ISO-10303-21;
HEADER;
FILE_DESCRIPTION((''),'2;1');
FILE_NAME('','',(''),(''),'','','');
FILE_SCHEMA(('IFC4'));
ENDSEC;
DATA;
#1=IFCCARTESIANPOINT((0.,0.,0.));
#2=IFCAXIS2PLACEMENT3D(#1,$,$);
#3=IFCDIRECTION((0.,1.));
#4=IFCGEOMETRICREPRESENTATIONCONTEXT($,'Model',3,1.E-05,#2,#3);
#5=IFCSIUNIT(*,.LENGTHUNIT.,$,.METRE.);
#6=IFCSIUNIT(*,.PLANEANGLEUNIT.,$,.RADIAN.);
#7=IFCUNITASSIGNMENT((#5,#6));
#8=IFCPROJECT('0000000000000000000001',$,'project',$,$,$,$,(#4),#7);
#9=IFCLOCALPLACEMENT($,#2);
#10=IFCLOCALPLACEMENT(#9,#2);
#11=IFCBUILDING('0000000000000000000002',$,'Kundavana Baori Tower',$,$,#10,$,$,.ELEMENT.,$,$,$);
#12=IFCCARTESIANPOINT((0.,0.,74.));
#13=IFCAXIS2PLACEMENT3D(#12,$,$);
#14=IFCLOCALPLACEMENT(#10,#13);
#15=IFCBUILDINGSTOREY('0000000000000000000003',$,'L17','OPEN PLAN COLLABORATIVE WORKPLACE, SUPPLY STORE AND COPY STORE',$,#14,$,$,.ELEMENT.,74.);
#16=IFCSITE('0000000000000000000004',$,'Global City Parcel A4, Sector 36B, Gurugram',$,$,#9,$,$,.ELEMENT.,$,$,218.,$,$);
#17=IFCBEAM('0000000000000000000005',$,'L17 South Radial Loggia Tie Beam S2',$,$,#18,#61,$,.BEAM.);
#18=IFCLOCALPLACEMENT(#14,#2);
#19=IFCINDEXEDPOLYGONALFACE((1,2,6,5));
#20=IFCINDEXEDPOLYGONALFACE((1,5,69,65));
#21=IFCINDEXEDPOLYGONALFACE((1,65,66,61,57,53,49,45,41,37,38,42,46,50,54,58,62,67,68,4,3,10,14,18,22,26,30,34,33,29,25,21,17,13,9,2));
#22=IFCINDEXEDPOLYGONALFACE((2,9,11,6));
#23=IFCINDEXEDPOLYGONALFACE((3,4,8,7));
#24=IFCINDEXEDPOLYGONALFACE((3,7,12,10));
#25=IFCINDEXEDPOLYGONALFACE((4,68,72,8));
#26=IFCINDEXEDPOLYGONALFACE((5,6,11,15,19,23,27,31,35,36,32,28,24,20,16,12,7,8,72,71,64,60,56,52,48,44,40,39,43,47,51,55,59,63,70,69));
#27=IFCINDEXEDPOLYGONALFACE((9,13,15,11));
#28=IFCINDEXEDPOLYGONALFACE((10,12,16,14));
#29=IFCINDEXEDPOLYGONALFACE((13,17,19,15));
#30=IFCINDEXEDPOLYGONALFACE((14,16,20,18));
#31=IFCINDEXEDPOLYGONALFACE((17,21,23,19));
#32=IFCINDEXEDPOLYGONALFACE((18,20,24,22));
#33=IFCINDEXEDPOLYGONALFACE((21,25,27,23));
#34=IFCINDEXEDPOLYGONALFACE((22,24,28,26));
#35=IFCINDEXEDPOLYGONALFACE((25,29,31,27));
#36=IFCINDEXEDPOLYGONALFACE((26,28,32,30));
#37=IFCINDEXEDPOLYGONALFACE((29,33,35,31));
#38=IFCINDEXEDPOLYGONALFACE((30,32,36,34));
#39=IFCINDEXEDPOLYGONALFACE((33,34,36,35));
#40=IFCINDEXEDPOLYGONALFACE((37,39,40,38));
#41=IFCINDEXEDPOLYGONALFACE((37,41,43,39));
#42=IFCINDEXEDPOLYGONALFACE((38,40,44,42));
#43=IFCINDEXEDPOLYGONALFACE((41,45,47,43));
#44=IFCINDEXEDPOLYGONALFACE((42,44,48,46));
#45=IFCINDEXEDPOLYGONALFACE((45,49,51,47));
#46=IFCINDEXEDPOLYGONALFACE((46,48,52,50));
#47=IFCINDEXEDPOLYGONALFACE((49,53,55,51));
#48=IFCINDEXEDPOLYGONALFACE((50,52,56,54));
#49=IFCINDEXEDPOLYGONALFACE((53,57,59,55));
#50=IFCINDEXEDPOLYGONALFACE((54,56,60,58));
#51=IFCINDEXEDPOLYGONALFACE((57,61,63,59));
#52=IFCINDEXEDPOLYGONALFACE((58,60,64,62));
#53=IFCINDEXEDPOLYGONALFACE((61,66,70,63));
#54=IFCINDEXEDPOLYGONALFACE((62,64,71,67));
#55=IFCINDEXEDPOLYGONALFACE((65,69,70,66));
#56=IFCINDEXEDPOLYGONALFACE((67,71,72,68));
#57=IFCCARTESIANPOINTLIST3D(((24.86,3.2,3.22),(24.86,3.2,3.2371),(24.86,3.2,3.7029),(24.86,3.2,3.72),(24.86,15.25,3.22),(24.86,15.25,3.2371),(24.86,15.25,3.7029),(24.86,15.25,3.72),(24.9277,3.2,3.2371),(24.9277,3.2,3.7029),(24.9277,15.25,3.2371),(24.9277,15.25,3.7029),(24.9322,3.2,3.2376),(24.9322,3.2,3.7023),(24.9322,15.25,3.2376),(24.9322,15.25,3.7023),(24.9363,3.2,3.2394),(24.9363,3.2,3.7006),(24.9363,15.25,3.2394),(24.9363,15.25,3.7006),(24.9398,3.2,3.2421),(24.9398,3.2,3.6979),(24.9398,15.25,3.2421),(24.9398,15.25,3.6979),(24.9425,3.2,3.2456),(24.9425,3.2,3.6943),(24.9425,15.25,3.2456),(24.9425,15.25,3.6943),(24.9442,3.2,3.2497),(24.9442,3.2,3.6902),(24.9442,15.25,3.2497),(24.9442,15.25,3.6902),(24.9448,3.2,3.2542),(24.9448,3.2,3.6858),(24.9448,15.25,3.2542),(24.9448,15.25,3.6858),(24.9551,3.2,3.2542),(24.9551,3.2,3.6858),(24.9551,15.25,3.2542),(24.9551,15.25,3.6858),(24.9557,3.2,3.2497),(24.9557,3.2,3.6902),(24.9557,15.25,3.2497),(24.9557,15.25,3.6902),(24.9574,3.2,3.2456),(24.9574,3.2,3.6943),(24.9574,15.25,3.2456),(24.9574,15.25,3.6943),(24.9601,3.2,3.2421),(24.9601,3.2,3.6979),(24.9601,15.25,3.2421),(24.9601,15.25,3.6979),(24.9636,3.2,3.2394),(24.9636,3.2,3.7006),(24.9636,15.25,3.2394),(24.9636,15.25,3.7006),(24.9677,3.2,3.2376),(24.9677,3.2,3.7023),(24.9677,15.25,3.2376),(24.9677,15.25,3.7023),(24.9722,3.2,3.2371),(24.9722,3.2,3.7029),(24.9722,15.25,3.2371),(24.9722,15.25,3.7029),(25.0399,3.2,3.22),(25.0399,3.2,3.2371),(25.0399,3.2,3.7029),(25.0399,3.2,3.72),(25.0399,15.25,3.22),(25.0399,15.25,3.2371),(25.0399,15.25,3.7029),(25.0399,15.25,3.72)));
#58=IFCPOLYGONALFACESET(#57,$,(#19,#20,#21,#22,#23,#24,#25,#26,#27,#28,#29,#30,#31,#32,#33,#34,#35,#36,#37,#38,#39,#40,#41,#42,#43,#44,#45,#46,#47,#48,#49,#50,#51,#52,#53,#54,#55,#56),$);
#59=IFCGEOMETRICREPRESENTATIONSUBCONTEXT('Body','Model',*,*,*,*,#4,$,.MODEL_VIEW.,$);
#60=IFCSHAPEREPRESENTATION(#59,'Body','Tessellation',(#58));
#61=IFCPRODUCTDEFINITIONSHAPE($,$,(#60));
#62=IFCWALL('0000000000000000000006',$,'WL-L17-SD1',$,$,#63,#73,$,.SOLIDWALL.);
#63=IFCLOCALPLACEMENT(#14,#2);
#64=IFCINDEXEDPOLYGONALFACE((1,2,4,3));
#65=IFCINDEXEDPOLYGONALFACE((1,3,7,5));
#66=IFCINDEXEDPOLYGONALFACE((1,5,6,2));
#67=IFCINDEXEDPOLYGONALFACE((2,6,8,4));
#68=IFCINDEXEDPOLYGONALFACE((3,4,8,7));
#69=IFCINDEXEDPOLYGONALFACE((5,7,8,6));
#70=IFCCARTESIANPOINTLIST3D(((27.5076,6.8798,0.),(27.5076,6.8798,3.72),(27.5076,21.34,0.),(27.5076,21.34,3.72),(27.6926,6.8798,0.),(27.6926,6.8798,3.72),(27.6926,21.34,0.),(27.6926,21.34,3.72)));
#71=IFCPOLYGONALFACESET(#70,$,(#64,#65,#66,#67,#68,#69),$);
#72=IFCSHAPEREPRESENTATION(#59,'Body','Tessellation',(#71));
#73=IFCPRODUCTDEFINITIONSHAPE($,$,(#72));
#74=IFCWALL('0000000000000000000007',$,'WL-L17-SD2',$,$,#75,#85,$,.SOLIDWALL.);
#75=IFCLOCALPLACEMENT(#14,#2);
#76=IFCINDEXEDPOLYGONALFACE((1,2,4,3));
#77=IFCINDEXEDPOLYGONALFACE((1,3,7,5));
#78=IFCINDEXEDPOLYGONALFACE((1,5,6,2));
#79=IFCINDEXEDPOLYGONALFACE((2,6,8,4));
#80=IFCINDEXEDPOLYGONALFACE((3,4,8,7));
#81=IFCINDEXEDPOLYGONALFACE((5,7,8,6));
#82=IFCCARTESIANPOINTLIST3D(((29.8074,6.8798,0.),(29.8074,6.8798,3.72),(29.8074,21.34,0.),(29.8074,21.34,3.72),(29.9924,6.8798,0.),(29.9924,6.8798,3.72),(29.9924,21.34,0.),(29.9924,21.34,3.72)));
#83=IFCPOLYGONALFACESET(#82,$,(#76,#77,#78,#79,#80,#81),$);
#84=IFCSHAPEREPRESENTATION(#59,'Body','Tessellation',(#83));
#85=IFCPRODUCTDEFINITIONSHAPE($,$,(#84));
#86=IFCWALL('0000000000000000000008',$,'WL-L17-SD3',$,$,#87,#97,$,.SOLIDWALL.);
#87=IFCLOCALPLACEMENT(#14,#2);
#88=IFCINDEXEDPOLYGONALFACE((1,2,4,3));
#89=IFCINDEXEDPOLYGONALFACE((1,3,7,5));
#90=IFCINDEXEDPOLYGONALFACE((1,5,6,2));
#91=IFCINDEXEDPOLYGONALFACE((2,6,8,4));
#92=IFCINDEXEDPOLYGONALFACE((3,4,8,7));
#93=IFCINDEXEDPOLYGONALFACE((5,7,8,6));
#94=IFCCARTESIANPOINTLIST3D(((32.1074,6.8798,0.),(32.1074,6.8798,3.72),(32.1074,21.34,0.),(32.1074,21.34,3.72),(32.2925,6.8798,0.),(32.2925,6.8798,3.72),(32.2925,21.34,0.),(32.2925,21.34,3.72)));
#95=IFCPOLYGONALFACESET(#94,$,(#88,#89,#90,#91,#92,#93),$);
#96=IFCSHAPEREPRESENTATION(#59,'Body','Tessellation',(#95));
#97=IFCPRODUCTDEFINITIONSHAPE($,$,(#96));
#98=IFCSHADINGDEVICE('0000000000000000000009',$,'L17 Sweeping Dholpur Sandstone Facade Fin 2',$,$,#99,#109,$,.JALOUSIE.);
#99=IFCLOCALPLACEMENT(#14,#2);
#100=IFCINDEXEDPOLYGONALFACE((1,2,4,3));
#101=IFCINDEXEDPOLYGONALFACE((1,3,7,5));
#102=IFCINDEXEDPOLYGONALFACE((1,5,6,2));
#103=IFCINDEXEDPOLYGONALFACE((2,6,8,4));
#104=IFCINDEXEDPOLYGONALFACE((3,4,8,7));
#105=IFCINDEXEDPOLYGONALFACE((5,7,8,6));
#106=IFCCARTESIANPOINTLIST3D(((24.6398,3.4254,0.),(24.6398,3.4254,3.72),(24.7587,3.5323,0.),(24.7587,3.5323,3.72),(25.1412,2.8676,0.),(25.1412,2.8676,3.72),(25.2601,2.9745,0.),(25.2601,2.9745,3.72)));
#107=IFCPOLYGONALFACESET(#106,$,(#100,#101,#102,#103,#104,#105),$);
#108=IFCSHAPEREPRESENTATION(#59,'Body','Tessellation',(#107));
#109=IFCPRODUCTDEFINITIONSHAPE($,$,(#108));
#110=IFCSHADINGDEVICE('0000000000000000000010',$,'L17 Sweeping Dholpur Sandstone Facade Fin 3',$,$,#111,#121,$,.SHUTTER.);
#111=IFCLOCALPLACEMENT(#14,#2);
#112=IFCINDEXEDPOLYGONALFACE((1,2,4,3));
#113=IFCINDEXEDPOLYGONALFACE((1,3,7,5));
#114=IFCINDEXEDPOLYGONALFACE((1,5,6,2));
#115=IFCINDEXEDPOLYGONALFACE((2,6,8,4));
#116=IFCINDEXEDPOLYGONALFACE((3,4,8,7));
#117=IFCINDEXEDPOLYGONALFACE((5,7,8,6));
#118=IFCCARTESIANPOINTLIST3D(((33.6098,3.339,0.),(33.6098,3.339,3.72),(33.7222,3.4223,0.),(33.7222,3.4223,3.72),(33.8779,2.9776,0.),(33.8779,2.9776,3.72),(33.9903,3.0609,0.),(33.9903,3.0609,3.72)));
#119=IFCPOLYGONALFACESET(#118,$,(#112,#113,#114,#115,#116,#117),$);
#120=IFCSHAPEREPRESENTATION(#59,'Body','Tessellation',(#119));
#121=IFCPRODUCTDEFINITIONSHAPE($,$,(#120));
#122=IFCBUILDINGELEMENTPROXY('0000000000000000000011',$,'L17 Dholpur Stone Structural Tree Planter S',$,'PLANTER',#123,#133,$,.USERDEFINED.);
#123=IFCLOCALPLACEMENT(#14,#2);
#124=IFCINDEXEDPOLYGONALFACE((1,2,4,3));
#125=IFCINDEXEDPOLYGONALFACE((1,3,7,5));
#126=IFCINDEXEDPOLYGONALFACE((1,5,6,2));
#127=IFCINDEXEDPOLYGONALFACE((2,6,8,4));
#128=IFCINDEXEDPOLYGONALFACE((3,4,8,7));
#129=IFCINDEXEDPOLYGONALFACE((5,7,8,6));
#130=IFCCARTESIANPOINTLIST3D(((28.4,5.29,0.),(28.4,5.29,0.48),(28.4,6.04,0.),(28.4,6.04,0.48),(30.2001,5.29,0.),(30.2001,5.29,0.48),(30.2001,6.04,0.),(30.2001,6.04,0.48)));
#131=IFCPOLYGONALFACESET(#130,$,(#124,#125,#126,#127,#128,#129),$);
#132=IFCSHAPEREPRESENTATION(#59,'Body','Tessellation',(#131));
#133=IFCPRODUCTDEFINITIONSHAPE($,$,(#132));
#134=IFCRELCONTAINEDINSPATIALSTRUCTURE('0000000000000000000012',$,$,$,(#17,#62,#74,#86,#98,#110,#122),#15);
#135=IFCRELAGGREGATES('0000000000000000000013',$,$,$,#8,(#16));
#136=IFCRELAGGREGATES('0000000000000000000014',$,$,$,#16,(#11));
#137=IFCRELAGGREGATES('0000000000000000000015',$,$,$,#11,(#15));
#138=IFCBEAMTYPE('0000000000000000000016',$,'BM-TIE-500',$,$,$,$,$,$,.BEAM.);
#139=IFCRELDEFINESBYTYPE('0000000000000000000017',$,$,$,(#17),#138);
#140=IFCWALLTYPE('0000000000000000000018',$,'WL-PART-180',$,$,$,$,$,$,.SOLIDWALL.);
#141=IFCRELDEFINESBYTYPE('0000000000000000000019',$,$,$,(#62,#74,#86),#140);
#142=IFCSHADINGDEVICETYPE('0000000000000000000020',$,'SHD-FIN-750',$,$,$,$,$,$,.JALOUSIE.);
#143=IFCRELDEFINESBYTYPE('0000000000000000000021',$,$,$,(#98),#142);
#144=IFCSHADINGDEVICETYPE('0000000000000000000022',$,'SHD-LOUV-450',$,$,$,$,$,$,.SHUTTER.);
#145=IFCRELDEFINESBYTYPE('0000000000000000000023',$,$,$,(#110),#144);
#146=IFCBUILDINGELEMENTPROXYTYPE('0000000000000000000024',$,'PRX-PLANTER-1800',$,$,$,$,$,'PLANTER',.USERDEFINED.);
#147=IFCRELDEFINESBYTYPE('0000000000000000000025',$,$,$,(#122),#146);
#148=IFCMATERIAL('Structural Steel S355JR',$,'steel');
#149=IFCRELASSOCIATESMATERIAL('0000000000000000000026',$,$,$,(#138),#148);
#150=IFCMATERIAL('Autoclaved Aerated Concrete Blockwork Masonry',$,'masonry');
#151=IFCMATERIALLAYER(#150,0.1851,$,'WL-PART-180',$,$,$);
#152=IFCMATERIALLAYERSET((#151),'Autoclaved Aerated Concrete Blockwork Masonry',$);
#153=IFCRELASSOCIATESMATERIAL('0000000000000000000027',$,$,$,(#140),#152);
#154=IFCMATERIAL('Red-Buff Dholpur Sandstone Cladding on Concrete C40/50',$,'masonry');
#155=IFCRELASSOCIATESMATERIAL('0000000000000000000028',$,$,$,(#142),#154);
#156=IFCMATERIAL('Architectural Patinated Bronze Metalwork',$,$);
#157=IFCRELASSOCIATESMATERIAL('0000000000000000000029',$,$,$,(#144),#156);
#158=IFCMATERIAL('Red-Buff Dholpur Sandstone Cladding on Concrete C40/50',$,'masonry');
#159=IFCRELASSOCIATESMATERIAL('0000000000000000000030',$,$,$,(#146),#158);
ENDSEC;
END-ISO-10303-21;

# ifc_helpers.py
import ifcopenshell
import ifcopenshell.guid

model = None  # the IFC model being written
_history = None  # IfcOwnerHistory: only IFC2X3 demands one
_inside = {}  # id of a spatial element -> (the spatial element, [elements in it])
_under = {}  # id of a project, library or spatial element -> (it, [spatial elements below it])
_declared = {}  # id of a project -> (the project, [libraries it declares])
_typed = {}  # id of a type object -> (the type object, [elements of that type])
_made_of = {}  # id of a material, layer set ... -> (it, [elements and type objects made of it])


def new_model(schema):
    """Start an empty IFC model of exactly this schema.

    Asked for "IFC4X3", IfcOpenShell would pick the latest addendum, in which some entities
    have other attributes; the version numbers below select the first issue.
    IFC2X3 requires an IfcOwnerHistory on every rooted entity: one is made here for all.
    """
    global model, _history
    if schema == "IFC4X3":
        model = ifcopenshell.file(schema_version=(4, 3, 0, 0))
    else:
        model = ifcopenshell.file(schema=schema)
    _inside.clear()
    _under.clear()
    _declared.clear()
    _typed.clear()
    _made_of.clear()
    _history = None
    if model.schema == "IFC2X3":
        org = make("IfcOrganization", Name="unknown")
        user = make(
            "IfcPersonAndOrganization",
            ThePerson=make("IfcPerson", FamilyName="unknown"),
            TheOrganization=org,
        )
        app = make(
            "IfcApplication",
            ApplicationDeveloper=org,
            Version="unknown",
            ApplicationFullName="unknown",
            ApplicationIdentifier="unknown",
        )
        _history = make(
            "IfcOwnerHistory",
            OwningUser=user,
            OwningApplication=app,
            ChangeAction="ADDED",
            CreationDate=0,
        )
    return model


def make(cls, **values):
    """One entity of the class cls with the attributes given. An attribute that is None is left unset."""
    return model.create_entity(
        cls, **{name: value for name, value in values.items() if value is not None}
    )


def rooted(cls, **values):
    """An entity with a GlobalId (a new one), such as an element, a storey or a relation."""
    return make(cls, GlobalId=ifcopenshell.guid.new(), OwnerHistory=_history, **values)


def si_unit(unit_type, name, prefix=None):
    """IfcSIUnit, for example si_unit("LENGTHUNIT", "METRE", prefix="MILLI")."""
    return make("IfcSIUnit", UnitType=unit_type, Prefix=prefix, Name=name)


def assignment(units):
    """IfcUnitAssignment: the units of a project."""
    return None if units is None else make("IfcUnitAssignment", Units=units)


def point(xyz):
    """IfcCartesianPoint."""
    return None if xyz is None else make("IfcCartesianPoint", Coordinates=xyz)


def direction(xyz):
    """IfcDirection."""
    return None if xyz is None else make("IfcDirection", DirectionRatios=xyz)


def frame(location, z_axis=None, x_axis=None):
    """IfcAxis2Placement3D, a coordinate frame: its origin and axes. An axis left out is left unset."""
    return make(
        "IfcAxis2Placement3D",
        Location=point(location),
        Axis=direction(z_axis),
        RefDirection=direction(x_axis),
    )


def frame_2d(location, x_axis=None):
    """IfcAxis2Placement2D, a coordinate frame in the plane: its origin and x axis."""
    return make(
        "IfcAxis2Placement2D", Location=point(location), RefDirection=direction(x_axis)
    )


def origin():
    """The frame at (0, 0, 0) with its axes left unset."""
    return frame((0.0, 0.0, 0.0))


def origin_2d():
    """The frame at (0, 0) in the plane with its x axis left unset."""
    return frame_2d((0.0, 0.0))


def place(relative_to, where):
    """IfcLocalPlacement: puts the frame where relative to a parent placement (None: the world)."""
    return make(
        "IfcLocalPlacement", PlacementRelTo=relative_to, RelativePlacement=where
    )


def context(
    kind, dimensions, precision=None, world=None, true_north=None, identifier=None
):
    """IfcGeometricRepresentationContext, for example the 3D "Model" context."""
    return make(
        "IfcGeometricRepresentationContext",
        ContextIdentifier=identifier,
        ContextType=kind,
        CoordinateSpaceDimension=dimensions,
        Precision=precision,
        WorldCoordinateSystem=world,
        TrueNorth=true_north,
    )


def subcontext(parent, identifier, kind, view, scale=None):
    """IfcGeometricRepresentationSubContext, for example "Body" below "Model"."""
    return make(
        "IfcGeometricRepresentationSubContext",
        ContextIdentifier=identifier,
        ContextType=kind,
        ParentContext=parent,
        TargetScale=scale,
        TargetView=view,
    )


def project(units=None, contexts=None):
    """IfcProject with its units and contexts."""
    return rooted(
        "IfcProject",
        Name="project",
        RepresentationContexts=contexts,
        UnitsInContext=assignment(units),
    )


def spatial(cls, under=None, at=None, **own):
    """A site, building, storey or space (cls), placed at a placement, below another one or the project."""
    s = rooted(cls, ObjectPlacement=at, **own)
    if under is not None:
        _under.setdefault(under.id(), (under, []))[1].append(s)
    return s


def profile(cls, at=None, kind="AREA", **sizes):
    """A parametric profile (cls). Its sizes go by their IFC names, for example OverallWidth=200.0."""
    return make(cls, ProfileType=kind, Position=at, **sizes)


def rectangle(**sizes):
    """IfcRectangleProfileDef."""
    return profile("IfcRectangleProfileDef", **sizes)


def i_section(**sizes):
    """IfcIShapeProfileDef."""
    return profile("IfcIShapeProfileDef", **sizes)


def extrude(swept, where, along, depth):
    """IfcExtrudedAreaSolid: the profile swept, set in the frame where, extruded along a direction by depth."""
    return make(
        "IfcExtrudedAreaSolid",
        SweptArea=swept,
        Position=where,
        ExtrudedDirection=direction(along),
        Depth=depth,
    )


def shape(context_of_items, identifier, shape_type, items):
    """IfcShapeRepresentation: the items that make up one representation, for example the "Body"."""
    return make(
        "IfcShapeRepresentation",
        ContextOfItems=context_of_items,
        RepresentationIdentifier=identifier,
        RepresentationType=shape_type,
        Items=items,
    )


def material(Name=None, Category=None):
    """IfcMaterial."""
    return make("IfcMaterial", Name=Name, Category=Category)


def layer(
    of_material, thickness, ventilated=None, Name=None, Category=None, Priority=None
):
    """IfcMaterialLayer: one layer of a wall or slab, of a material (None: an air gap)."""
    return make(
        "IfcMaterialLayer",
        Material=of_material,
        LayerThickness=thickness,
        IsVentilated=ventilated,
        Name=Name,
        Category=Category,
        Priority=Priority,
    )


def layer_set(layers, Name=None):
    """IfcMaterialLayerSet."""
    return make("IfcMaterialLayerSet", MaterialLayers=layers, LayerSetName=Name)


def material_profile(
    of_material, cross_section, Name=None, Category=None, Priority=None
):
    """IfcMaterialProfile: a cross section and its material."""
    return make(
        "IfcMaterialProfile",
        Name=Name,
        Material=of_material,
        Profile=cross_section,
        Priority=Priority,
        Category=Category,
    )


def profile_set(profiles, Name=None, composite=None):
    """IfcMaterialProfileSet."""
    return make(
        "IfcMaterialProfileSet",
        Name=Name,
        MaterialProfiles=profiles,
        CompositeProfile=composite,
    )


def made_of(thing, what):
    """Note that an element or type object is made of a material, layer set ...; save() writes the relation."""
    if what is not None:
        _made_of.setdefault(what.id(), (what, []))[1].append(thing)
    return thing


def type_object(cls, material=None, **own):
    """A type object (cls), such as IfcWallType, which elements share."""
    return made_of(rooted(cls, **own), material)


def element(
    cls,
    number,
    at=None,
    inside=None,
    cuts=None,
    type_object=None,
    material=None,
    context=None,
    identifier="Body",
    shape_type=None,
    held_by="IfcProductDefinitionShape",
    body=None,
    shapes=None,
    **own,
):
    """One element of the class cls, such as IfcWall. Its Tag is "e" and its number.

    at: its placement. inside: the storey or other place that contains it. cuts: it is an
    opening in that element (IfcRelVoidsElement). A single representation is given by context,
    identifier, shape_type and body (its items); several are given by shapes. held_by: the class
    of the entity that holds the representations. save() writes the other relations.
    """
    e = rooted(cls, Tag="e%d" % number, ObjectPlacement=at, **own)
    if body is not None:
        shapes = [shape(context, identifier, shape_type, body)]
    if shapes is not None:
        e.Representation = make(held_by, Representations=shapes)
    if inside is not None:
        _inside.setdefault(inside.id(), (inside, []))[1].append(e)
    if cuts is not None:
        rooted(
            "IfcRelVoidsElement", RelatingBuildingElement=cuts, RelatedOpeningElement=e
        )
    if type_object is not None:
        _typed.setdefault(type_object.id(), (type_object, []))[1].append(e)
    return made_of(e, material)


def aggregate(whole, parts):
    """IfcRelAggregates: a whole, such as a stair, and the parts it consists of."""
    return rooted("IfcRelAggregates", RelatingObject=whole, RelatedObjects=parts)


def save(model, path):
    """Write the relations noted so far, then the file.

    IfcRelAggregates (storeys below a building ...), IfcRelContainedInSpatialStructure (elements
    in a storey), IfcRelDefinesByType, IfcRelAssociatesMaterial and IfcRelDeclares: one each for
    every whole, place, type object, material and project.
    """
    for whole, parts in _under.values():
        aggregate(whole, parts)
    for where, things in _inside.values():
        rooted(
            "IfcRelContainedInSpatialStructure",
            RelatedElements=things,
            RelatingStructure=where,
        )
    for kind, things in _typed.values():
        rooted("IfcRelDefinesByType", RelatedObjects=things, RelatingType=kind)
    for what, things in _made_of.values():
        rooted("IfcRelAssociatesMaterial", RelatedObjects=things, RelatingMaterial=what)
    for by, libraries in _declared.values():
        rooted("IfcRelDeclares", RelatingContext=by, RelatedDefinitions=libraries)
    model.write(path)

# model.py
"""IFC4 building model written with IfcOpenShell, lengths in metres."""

from ifc_helpers import new_model, si_unit, direction, frame, frame_2d, origin, origin_2d, place, context, subcontext, project, spatial, rectangle, i_section, extrude, material, layer, layer_set, material_profile, profile_set, type_object, element, save


model = new_model("IFC4")

# Units and contexts
model_context = context("Model", 3, precision=1e-05, world=origin(), true_north=direction((0.0, 1.0)))
body_context = subcontext(model_context, "Body", "Model", "MODEL_VIEW")
ifc_project = project(units=[si_unit("LENGTHUNIT", "METRE"), si_unit("PLANEANGLEUNIT", "RADIAN")], contexts=[model_context])

# Site, building, storey
site_placement = place(None, origin())
site = spatial("IfcSite", under=ifc_project, at=site_placement, Name="Global City Parcel A4, Sector 36B, Gurugram", CompositionType="ELEMENT", RefElevation=218.0)
building_placement = place(site_placement, origin())
building = spatial("IfcBuilding", under=site, at=building_placement, Name="Kundavana Baori Tower", CompositionType="ELEMENT")
storey_placement = place(building_placement, frame((0.0, 0.0, 74.0)))
storey = spatial("IfcBuildingStorey", under=building, at=storey_placement, Name="L17", Description="OPEN PLAN COLLABORATIVE WORKPLACE, SUPPLY STORE AND COPY STORE", CompositionType="ELEMENT", Elevation=74.0)

# Beam
ifc_material_1 = material(Name="Structural Steel S355JR", Category="steel")
ifc_material_profile_1 = material_profile(ifc_material_1, i_section(OverallWidth=0.1799, OverallDepth=0.5, WebThickness=0.0103, FlangeThickness=0.0171, FilletRadius=0.0171, at=origin_2d()), Name="ISMB 500")
ifc_profile_set_1 = profile_set([ifc_material_profile_1], Name="Structural Steel S355JR")
beam_type_1 = type_object("IfcBeamType", Name="BM-TIE-500", PredefinedType="BEAM", material=ifc_profile_set_1)
beam_1_placement = place(storey_placement, frame((24.95, 15.25, 3.47), z_axis=(0.0, -1.0, 0.0), x_axis=(1.0, 0.0, 0.0)))
element("IfcBeam", 1, at=beam_1_placement, inside=storey, type_object=beam_type_1, Name="L17 South Radial Loggia Tie Beam S2", PredefinedType="BEAM", context=body_context, shape_type="SweptSolid", body=[
    extrude(i_section(OverallWidth=0.1799, OverallDepth=0.5, WebThickness=0.0103, FlangeThickness=0.0171, FilletRadius=0.0171, at=origin_2d()), origin(), (0.0, 0.0, 1.0), 12.05),
])

# Walls
ifc_material_2 = material(Name="Autoclaved Aerated Concrete Blockwork Masonry", Category="masonry")
ifc_layer = layer(ifc_material_2, 0.1851, Name="WL-PART-180")
ifc_layer_set = layer_set([ifc_layer], Name="Autoclaved Aerated Concrete Blockwork Masonry")
wall_type = type_object("IfcWallType", Name="WL-PART-180", PredefinedType="SOLIDWALL", material=ifc_layer_set)
for number, where, z_axis, x_axis, name in (
    (2, (27.6001, 6.8799, 0.0), (0.0, 0.0, 1.0), (0.0, 1.0, 0.0), "WL-L17-SD1"),
    (3, (29.8999, 6.8799, 0.0), (0.0, 0.0, 1.0), (0.0, 1.0, 0.0), "WL-L17-SD2"),
    (4, (32.2, 6.8799, 0.0), (0.0, 0.0, 1.0), (0.0, 1.0, 0.0), "WL-L17-SD3"),
):
    element("IfcWall", number, at=place(storey_placement, frame(where, z_axis=z_axis, x_axis=x_axis)), inside=storey, type_object=wall_type, Name=name, PredefinedType="SOLIDWALL", context=body_context, shape_type="SweptSolid", body=[
        extrude(rectangle(XDim=14.4602, YDim=0.1851, at=frame_2d((7.23, 0.0))), origin(), (0.0, 0.0, 1.0), 3.72),
    ])

# Shading devices
ifc_material_3 = material(Name="Red-Buff Dholpur Sandstone Cladding on Concrete C40/50", Category="masonry")
shading_device_type_1 = type_object("IfcShadingDeviceType", Name="SHD-FIN-750", PredefinedType="JALOUSIE", material=ifc_material_3)
shading_device_1_placement = place(storey_placement, frame((24.95, 3.2, 0.0), z_axis=(0.0, 0.0, 1.0), x_axis=(0.743728, 0.668482, 0.0)))
element("IfcShadingDevice", 5, at=shading_device_1_placement, inside=storey, type_object=shading_device_type_1, Name="L17 Sweeping Dholpur Sandstone Facade Fin 2", PredefinedType="JALOUSIE", context=body_context, shape_type="SweptSolid", body=[
    extrude(rectangle(XDim=0.1599, YDim=0.75, at=origin_2d()), origin(), (0.0, 0.0, 1.0), 3.72),
])
ifc_material_4 = material(Name="Architectural Patinated Bronze Metalwork")
shading_device_type_2 = type_object("IfcShadingDeviceType", Name="SHD-LOUV-450", PredefinedType="SHUTTER", material=ifc_material_4)
shading_device_2_placement = place(storey_placement, frame((33.8, 3.2, 0.0), z_axis=(0.0, 0.0, 1.0), x_axis=(0.80313, 0.595804, 0.0)))
element("IfcShadingDevice", 6, at=shading_device_2_placement, inside=storey, type_object=shading_device_type_2, Name="L17 Sweeping Dholpur Sandstone Facade Fin 3", PredefinedType="SHUTTER", context=body_context, shape_type="SweptSolid", body=[
    extrude(rectangle(XDim=0.1399, YDim=0.45, at=origin_2d()), origin(), (0.0, 0.0, 1.0), 3.72),
])

# Building element proxy
ifc_material_5 = material(Name="Red-Buff Dholpur Sandstone Cladding on Concrete C40/50", Category="masonry")
building_element_proxy_type = type_object("IfcBuildingElementProxyType", Name="PRX-PLANTER-1800", ElementType="PLANTER", PredefinedType="USERDEFINED", material=ifc_material_5)
proxy_placement = place(storey_placement, frame((29.3, 5.665, 0.0), z_axis=(0.0, 0.0, 1.0), x_axis=(1.0, 0.0, 0.0)))
element("IfcBuildingElementProxy", 7, at=proxy_placement, inside=storey, type_object=building_element_proxy_type, Name="L17 Dholpur Stone Structural Tree Planter S", ObjectType="PLANTER", PredefinedType="USERDEFINED", context=body_context, shape_type="SweptSolid", body=[
    extrude(rectangle(XDim=1.8, YDim=0.75, at=origin_2d()), origin(), (0.0, 0.0, 1.0), 0.48),
])

save(model, "model.ifc")
